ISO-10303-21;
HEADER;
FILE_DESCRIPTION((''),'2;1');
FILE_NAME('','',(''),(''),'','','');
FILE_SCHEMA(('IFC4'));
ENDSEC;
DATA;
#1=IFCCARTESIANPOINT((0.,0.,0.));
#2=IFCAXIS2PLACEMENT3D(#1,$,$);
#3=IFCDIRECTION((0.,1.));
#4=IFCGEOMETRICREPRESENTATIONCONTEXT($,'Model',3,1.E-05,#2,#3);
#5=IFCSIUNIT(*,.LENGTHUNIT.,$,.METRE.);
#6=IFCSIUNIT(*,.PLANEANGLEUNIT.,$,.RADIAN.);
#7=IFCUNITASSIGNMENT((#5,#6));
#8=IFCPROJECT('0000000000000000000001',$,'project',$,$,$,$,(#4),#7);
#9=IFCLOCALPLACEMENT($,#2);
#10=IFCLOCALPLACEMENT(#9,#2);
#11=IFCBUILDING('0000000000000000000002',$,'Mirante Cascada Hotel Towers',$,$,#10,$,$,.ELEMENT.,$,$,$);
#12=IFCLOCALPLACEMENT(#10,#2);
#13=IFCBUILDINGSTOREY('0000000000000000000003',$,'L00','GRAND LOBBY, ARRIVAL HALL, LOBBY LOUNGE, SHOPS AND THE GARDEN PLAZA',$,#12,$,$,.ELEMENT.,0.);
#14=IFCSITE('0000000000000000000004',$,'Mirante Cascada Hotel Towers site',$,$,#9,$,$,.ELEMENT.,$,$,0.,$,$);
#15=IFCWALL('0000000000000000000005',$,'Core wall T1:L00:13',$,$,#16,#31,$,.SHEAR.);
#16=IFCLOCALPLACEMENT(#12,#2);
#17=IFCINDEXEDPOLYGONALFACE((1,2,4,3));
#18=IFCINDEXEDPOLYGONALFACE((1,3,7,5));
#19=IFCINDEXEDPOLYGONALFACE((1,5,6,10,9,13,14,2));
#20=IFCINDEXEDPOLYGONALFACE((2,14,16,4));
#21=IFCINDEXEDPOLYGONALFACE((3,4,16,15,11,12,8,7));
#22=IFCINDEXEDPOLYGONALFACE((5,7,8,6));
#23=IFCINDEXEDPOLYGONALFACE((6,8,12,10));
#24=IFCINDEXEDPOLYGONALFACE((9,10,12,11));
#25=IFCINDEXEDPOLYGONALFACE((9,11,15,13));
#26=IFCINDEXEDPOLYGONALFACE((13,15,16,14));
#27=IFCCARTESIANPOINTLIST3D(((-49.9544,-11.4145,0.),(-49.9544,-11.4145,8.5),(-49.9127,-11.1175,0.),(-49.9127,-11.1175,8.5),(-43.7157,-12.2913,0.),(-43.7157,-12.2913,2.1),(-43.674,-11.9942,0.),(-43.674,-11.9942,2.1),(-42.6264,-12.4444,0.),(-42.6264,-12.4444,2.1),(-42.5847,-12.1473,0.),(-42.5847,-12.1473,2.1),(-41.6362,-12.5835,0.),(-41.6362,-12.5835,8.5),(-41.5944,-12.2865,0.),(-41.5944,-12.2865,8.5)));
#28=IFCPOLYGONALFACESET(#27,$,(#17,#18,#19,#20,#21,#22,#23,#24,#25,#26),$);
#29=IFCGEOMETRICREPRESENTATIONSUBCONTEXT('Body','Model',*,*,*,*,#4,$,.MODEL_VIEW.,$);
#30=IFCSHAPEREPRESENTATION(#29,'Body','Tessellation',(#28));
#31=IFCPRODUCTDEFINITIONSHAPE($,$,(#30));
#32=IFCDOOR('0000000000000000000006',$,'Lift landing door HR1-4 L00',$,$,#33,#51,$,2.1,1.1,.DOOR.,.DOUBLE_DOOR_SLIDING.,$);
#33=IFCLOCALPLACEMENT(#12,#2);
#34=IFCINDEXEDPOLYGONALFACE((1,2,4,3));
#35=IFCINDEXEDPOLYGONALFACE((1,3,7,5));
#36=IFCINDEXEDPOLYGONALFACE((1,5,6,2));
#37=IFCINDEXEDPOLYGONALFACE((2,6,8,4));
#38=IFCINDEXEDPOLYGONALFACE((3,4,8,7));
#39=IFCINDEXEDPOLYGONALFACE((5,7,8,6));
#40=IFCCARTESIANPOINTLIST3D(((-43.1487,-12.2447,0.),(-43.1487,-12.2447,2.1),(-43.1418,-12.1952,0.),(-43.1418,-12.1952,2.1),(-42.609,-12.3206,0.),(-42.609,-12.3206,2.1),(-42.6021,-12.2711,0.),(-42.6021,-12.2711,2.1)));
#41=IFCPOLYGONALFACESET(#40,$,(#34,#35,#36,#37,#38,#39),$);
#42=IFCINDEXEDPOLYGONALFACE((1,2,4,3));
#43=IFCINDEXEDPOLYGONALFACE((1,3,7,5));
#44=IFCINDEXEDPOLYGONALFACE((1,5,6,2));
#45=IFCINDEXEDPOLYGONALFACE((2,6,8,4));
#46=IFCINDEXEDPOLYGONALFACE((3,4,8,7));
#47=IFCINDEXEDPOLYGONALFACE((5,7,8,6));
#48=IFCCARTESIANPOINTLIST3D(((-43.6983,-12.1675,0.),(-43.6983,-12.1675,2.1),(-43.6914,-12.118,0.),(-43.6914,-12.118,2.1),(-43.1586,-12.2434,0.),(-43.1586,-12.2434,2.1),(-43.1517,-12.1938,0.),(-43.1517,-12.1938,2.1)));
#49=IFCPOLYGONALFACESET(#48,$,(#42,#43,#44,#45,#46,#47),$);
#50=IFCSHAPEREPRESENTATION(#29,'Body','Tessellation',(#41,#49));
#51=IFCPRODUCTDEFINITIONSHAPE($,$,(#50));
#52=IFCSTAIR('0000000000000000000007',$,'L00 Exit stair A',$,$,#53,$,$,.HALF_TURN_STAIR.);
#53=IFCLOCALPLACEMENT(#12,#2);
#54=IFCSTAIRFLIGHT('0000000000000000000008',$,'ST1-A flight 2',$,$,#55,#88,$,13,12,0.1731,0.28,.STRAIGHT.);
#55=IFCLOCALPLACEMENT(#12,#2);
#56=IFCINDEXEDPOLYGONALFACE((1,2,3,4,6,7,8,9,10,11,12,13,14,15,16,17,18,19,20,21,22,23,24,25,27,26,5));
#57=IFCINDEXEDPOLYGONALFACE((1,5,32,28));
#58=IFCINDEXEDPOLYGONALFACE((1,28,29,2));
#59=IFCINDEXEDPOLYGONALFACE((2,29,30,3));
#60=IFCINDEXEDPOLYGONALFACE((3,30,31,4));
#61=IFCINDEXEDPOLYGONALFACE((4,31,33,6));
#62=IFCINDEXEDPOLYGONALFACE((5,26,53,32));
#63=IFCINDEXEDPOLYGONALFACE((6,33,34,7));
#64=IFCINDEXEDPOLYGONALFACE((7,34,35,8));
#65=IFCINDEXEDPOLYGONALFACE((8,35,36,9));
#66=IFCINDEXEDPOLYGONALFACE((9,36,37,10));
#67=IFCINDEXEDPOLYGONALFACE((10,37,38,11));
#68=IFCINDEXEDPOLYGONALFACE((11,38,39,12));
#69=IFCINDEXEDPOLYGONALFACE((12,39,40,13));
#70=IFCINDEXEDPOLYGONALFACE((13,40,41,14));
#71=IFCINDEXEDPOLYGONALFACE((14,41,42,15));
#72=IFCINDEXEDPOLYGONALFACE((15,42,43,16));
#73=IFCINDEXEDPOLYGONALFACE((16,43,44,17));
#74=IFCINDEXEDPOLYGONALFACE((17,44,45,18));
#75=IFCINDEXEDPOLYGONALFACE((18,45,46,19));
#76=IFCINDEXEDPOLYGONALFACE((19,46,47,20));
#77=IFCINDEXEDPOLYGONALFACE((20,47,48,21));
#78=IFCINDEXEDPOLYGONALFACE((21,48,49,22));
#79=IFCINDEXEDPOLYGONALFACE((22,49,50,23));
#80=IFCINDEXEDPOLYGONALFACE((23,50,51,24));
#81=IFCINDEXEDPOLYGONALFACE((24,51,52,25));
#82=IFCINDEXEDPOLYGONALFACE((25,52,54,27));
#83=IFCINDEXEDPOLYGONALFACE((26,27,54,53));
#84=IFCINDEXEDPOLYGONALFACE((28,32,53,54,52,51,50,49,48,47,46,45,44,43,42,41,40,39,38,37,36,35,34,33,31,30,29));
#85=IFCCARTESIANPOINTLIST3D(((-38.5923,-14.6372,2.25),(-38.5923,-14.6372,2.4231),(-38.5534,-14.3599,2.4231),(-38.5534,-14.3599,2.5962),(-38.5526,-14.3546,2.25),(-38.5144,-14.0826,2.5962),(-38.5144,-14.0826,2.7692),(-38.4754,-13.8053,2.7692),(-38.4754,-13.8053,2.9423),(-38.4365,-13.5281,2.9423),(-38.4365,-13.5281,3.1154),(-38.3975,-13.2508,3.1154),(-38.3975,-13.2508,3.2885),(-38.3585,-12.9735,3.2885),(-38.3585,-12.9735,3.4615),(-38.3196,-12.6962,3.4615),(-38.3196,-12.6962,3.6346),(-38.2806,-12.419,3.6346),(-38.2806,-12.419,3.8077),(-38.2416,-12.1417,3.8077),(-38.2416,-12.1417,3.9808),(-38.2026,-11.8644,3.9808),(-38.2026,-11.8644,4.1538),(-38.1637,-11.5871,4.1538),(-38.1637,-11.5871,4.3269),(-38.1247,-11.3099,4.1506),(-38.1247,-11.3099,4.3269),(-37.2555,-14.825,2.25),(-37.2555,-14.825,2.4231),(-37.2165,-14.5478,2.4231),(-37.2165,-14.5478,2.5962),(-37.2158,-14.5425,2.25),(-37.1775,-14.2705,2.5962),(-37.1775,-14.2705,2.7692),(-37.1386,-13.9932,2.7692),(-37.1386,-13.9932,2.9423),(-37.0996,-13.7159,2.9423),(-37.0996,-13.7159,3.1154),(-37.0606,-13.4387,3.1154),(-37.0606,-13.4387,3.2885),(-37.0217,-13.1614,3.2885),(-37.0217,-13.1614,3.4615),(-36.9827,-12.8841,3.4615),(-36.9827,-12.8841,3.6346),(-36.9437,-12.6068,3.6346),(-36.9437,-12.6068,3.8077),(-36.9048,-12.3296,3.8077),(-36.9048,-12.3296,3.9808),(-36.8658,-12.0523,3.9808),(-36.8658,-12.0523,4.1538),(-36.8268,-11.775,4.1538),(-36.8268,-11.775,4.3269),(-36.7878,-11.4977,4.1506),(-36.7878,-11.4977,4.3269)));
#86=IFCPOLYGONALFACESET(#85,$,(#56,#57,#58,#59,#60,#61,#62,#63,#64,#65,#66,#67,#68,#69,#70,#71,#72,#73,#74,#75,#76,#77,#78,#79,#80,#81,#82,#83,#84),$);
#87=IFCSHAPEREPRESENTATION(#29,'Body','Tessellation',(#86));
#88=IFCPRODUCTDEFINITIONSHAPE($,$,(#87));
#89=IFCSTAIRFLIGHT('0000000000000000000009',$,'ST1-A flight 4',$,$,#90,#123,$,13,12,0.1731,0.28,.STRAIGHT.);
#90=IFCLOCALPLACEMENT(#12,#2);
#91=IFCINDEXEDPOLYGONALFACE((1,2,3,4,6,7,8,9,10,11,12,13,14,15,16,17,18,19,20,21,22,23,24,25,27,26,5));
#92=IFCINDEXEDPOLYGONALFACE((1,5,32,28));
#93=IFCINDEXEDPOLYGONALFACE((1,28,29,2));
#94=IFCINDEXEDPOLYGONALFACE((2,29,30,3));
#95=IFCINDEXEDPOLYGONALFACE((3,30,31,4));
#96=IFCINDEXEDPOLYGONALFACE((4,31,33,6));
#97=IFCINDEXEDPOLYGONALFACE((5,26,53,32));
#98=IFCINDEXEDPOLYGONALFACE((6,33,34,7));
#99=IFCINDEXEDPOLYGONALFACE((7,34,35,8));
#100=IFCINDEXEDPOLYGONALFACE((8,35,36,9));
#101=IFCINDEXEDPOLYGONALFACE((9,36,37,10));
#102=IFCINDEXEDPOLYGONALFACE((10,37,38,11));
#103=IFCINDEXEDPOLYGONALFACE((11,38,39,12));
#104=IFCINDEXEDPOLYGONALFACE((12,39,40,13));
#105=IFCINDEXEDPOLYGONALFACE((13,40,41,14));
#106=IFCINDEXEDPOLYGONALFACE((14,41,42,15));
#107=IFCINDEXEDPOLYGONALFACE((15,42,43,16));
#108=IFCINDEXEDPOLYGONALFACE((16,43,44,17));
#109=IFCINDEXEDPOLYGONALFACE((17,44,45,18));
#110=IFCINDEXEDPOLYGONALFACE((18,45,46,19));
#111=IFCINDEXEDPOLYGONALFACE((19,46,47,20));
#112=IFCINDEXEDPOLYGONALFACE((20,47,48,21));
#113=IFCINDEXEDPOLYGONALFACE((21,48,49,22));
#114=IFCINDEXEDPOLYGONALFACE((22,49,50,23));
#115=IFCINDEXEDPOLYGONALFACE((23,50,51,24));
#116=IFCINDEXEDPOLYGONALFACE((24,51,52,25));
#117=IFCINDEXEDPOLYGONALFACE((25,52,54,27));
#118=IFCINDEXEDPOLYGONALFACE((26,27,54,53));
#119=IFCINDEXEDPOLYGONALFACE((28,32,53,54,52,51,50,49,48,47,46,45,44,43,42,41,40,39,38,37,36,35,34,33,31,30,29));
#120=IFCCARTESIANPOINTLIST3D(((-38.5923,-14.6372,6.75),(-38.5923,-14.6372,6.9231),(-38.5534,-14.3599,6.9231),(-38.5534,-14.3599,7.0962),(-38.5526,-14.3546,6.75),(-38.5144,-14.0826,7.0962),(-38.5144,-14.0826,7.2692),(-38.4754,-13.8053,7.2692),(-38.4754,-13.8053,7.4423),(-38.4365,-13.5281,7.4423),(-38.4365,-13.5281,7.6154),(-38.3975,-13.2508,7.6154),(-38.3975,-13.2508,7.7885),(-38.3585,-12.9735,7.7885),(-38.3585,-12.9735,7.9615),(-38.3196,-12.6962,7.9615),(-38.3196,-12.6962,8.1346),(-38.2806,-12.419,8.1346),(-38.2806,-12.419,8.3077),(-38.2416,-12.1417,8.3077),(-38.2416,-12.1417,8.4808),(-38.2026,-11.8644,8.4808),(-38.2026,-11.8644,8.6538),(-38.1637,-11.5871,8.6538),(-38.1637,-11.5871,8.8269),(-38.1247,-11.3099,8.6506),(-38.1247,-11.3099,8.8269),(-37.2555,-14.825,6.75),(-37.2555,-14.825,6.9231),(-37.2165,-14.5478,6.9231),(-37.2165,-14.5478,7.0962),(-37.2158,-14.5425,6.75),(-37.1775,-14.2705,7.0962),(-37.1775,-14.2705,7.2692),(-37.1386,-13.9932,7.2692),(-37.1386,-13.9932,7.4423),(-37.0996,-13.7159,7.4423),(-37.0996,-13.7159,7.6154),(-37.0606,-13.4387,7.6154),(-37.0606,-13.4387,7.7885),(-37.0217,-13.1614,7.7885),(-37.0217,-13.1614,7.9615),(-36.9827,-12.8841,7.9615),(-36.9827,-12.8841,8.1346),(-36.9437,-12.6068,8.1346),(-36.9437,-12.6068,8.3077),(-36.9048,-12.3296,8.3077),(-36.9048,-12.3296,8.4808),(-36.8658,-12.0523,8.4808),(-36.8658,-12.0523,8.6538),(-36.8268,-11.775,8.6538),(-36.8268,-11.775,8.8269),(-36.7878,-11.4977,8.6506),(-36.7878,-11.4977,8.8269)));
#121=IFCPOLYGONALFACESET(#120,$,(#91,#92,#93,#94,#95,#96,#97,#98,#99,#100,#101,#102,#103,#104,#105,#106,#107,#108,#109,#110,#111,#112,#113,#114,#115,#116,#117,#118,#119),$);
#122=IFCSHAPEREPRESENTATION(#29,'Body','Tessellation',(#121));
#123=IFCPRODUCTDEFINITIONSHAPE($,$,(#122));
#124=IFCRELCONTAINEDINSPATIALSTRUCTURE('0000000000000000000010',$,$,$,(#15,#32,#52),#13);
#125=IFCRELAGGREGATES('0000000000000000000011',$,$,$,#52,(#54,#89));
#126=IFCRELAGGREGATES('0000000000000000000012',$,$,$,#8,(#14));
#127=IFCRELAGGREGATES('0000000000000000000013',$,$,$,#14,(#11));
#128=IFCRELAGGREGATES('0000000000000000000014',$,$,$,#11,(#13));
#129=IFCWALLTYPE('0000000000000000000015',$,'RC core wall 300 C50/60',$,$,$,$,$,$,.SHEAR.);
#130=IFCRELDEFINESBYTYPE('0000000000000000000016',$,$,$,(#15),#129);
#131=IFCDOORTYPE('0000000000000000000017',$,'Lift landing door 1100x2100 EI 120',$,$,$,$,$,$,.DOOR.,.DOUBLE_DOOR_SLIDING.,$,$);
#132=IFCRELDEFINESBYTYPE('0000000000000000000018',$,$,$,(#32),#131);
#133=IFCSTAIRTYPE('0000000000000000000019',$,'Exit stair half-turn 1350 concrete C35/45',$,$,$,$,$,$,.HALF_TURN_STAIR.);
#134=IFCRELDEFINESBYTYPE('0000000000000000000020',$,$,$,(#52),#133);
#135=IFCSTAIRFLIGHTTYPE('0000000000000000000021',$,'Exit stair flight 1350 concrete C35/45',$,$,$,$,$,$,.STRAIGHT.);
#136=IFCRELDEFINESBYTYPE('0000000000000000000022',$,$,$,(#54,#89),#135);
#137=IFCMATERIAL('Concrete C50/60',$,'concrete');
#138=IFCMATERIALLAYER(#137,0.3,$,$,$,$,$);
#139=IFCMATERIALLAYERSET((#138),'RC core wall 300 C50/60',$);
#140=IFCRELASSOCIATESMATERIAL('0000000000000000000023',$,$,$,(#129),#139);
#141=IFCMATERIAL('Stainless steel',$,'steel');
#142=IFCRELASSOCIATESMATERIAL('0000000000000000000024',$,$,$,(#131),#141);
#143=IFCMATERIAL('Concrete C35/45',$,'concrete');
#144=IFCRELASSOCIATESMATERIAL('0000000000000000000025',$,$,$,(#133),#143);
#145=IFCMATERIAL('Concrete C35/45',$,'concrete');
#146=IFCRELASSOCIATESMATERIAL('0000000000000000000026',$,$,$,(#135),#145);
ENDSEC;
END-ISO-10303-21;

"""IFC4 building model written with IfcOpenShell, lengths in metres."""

from ifc_helpers import new_model, si_unit, direction, frame, frame_2d, origin, place, context, subcontext, project, spatial, polyline, rectangle, outline, extrude, material, layer, layer_set, type_object, element, fill, aggregate, save


model = new_model("IFC4")

# Units and contexts
model_context = context("Model", 3, precision=1e-05, world=origin(), true_north=direction((0.0, 1.0)))
body_context = subcontext(model_context, "Body", "Model", "MODEL_VIEW")
ifc_project = project(units=[si_unit("LENGTHUNIT", "METRE"), si_unit("PLANEANGLEUNIT", "RADIAN")], contexts=[model_context])

# Site, building, storey
site_placement = place(None, origin())
site = spatial("IfcSite", under=ifc_project, at=site_placement, Name="Mirante Cascada Hotel Towers site", CompositionType="ELEMENT", RefElevation=0.0)
building_placement = place(site_placement, origin())
building = spatial("IfcBuilding", under=site, at=building_placement, Name="Mirante Cascada Hotel Towers", CompositionType="ELEMENT")
storey_placement = place(building_placement, origin())
storey = spatial("IfcBuildingStorey", under=building, at=storey_placement, Name="L00", Description="GRAND LOBBY, ARRIVAL HALL, LOBBY LOUNGE, SHOPS AND THE GARDEN PLAZA", CompositionType="ELEMENT", Elevation=0.0)

# Shared definitions
ifc_material_1 = material(Name="Concrete C50/60", Category="concrete")
ifc_layer_1 = layer(ifc_material_1, 0.3)
ifc_layer_set_1 = layer_set([ifc_layer_1], Name="RC core wall 300 C50/60")
wall_type_1 = type_object("IfcWallType", Name="RC core wall 300 C50/60", PredefinedType="SHEAR", material=ifc_layer_set_1)
ifc_material_2 = material(Name="Stainless steel", Category="steel")
door_type_1 = type_object("IfcDoorType", Name="Lift landing door 1100x2100 EI 120", OperationType="DOUBLE_DOOR_SLIDING", PredefinedType="DOOR", material=ifc_material_2)

# Wall, opening, door
wall_1_placement = place(storey_placement, frame((-41.6153, -12.435, 0.0), z_axis=(0.0, 0.0, 1.0), x_axis=(-0.990269, 0.139166, 0.0)))
wall_1 = element("IfcWall", 1, at=wall_1_placement, inside=storey, type_object=wall_type_1, Name="Core wall T1:L00:13", PredefinedType="SHEAR", context=body_context, shape_type="SweptSolid", body=[
    extrude(rectangle(XDim=8.4, YDim=0.3, at=frame_2d((4.2, 0.0))), origin(), (0.0, 0.0, 1.0), 8.5),
])
opening_1_placement = place(wall_1_placement, frame((1.0, 0.0, 0.0)))
opening_1 = element("IfcOpeningElement", 2, at=opening_1_placement, cuts=wall_1, PredefinedType="OPENING", context=body_context, shape_type="SweptSolid", body=[
    extrude(rectangle(XDim=1.1, YDim=2.1, at=frame_2d((0.55, 1.05))), frame((0.0, 0.15, 0.0), z_axis=(0.0, -1.0, 0.0), x_axis=(1.0, 0.0, 0.0)), (0.0, 0.0, 1.0), 0.3),
])
door_1_placement = place(opening_1_placement, origin())
door_1 = element("IfcDoor", 3, at=door_1_placement, inside=storey, type_object=door_type_1, Name="Lift landing door HR1-4 L00", OperationType="DOUBLE_DOOR_SLIDING", OverallHeight=2.1, OverallWidth=1.1, PredefinedType="DOOR", context=body_context, shape_type="SweptSolid", body=[
    extrude(rectangle(XDim=0.545, YDim=2.1, at=frame_2d((0.2725, 1.05))), frame((0.0, 0.025, 0.0), z_axis=(0.0, -1.0, 0.0), x_axis=(1.0, 0.0, 0.0)), (0.0, 0.0, 1.0), 0.05),
    extrude(rectangle(XDim=0.545, YDim=2.1, at=frame_2d((0.8275, 1.05))), frame((0.0, 0.025, 0.0), z_axis=(0.0, -1.0, 0.0), x_axis=(1.0, 0.0, 0.0)), (0.0, 0.0, 1.0), 0.05),
])
fill(opening_1, door_1)

# Stair, stair flights
ifc_material_3 = material(Name="Concrete C35/45", Category="concrete")
stair_type = type_object("IfcStairType", Name="Exit stair half-turn 1350 concrete C35/45", PredefinedType="HALF_TURN_STAIR", material=ifc_material_3)
stair_placement = place(storey_placement, origin())
stair = element("IfcStair", 4, at=stair_placement, inside=storey, type_object=stair_type, Name="L00 Exit stair A", PredefinedType="HALF_TURN_STAIR")
ifc_material_4 = material(Name="Concrete C35/45", Category="concrete")
stair_flight_type = type_object("IfcStairFlightType", Name="Exit stair flight 1350 concrete C35/45", PredefinedType="STRAIGHT", material=ifc_material_4)
stair_flight_1_placement = place(storey_placement, frame((-37.9239, -14.7311, 2.25), z_axis=(0.0, 0.0, 1.0), x_axis=(0.139173, 0.990268, 0.0)))
stair_flight_1 = element("IfcStairFlight", 5, at=stair_flight_1_placement, type_object=stair_flight_type, Name="ST1-A flight 2", NumberOfRisers=13, NumberOfTreads=12, PredefinedType="STRAIGHT", RiserHeight=0.1731, TreadLength=0.28, context=body_context, shape_type="SweptSolid", body=[
    extrude(outline(polyline([(0.0, 0.0), (0.0, 0.1731), (0.28, 0.1731), (0.28, 0.3462), (0.56, 0.3462), (0.56, 0.5192), (0.84, 0.5192), (0.84, 0.6923), (1.12, 0.6923), (1.12, 0.8654), (1.4, 0.8654), (1.4, 1.0385), (1.68, 1.0385), (1.68, 1.2115), (1.96, 1.2115), (1.96, 1.3846), (2.24, 1.3846), (2.24, 1.5577), (2.52, 1.5577), (2.52, 1.7308), (2.8, 1.7308), (2.8, 1.9038), (3.08, 1.9038), (3.08, 2.0769), (3.36, 2.0769), (3.36, 2.25), (3.36, 1.9006), (0.2853, 0.0), (0.0, 0.0)])), frame((0.0, 0.675, 0.0), z_axis=(0.0, -1.0, 0.0), x_axis=(1.0, 0.0, 0.0)), (0.0, 0.0, 1.0), 1.35),
])
stair_flight_2_placement = place(storey_placement, frame((-37.9239, -14.7311, 6.75), z_axis=(0.0, 0.0, 1.0), x_axis=(0.139173, 0.990268, 0.0)))
stair_flight_2 = element("IfcStairFlight", 6, at=stair_flight_2_placement, type_object=stair_flight_type, Name="ST1-A flight 4", NumberOfRisers=13, NumberOfTreads=12, PredefinedType="STRAIGHT", RiserHeight=0.1731, TreadLength=0.28, context=body_context, shape_type="SweptSolid", body=[
    extrude(outline(polyline([(0.0, 0.0), (0.0, 0.1731), (0.28, 0.1731), (0.28, 0.3462), (0.56, 0.3462), (0.56, 0.5192), (0.84, 0.5192), (0.84, 0.6923), (1.12, 0.6923), (1.12, 0.8654), (1.4, 0.8654), (1.4, 1.0385), (1.68, 1.0385), (1.68, 1.2115), (1.96, 1.2115), (1.96, 1.3846), (2.24, 1.3846), (2.24, 1.5577), (2.52, 1.5577), (2.52, 1.7308), (2.8, 1.7308), (2.8, 1.9038), (3.08, 1.9038), (3.08, 2.0769), (3.36, 2.0769), (3.36, 2.25), (3.36, 1.9006), (0.2853, 0.0), (0.0, 0.0)])), frame((0.0, 0.675, 0.0), z_axis=(0.0, -1.0, 0.0), x_axis=(1.0, 0.0, 0.0)), (0.0, 0.0, 1.0), 1.35),
])
aggregate(stair, [stair_flight_1, stair_flight_2])

save(model, "model.ifc")
